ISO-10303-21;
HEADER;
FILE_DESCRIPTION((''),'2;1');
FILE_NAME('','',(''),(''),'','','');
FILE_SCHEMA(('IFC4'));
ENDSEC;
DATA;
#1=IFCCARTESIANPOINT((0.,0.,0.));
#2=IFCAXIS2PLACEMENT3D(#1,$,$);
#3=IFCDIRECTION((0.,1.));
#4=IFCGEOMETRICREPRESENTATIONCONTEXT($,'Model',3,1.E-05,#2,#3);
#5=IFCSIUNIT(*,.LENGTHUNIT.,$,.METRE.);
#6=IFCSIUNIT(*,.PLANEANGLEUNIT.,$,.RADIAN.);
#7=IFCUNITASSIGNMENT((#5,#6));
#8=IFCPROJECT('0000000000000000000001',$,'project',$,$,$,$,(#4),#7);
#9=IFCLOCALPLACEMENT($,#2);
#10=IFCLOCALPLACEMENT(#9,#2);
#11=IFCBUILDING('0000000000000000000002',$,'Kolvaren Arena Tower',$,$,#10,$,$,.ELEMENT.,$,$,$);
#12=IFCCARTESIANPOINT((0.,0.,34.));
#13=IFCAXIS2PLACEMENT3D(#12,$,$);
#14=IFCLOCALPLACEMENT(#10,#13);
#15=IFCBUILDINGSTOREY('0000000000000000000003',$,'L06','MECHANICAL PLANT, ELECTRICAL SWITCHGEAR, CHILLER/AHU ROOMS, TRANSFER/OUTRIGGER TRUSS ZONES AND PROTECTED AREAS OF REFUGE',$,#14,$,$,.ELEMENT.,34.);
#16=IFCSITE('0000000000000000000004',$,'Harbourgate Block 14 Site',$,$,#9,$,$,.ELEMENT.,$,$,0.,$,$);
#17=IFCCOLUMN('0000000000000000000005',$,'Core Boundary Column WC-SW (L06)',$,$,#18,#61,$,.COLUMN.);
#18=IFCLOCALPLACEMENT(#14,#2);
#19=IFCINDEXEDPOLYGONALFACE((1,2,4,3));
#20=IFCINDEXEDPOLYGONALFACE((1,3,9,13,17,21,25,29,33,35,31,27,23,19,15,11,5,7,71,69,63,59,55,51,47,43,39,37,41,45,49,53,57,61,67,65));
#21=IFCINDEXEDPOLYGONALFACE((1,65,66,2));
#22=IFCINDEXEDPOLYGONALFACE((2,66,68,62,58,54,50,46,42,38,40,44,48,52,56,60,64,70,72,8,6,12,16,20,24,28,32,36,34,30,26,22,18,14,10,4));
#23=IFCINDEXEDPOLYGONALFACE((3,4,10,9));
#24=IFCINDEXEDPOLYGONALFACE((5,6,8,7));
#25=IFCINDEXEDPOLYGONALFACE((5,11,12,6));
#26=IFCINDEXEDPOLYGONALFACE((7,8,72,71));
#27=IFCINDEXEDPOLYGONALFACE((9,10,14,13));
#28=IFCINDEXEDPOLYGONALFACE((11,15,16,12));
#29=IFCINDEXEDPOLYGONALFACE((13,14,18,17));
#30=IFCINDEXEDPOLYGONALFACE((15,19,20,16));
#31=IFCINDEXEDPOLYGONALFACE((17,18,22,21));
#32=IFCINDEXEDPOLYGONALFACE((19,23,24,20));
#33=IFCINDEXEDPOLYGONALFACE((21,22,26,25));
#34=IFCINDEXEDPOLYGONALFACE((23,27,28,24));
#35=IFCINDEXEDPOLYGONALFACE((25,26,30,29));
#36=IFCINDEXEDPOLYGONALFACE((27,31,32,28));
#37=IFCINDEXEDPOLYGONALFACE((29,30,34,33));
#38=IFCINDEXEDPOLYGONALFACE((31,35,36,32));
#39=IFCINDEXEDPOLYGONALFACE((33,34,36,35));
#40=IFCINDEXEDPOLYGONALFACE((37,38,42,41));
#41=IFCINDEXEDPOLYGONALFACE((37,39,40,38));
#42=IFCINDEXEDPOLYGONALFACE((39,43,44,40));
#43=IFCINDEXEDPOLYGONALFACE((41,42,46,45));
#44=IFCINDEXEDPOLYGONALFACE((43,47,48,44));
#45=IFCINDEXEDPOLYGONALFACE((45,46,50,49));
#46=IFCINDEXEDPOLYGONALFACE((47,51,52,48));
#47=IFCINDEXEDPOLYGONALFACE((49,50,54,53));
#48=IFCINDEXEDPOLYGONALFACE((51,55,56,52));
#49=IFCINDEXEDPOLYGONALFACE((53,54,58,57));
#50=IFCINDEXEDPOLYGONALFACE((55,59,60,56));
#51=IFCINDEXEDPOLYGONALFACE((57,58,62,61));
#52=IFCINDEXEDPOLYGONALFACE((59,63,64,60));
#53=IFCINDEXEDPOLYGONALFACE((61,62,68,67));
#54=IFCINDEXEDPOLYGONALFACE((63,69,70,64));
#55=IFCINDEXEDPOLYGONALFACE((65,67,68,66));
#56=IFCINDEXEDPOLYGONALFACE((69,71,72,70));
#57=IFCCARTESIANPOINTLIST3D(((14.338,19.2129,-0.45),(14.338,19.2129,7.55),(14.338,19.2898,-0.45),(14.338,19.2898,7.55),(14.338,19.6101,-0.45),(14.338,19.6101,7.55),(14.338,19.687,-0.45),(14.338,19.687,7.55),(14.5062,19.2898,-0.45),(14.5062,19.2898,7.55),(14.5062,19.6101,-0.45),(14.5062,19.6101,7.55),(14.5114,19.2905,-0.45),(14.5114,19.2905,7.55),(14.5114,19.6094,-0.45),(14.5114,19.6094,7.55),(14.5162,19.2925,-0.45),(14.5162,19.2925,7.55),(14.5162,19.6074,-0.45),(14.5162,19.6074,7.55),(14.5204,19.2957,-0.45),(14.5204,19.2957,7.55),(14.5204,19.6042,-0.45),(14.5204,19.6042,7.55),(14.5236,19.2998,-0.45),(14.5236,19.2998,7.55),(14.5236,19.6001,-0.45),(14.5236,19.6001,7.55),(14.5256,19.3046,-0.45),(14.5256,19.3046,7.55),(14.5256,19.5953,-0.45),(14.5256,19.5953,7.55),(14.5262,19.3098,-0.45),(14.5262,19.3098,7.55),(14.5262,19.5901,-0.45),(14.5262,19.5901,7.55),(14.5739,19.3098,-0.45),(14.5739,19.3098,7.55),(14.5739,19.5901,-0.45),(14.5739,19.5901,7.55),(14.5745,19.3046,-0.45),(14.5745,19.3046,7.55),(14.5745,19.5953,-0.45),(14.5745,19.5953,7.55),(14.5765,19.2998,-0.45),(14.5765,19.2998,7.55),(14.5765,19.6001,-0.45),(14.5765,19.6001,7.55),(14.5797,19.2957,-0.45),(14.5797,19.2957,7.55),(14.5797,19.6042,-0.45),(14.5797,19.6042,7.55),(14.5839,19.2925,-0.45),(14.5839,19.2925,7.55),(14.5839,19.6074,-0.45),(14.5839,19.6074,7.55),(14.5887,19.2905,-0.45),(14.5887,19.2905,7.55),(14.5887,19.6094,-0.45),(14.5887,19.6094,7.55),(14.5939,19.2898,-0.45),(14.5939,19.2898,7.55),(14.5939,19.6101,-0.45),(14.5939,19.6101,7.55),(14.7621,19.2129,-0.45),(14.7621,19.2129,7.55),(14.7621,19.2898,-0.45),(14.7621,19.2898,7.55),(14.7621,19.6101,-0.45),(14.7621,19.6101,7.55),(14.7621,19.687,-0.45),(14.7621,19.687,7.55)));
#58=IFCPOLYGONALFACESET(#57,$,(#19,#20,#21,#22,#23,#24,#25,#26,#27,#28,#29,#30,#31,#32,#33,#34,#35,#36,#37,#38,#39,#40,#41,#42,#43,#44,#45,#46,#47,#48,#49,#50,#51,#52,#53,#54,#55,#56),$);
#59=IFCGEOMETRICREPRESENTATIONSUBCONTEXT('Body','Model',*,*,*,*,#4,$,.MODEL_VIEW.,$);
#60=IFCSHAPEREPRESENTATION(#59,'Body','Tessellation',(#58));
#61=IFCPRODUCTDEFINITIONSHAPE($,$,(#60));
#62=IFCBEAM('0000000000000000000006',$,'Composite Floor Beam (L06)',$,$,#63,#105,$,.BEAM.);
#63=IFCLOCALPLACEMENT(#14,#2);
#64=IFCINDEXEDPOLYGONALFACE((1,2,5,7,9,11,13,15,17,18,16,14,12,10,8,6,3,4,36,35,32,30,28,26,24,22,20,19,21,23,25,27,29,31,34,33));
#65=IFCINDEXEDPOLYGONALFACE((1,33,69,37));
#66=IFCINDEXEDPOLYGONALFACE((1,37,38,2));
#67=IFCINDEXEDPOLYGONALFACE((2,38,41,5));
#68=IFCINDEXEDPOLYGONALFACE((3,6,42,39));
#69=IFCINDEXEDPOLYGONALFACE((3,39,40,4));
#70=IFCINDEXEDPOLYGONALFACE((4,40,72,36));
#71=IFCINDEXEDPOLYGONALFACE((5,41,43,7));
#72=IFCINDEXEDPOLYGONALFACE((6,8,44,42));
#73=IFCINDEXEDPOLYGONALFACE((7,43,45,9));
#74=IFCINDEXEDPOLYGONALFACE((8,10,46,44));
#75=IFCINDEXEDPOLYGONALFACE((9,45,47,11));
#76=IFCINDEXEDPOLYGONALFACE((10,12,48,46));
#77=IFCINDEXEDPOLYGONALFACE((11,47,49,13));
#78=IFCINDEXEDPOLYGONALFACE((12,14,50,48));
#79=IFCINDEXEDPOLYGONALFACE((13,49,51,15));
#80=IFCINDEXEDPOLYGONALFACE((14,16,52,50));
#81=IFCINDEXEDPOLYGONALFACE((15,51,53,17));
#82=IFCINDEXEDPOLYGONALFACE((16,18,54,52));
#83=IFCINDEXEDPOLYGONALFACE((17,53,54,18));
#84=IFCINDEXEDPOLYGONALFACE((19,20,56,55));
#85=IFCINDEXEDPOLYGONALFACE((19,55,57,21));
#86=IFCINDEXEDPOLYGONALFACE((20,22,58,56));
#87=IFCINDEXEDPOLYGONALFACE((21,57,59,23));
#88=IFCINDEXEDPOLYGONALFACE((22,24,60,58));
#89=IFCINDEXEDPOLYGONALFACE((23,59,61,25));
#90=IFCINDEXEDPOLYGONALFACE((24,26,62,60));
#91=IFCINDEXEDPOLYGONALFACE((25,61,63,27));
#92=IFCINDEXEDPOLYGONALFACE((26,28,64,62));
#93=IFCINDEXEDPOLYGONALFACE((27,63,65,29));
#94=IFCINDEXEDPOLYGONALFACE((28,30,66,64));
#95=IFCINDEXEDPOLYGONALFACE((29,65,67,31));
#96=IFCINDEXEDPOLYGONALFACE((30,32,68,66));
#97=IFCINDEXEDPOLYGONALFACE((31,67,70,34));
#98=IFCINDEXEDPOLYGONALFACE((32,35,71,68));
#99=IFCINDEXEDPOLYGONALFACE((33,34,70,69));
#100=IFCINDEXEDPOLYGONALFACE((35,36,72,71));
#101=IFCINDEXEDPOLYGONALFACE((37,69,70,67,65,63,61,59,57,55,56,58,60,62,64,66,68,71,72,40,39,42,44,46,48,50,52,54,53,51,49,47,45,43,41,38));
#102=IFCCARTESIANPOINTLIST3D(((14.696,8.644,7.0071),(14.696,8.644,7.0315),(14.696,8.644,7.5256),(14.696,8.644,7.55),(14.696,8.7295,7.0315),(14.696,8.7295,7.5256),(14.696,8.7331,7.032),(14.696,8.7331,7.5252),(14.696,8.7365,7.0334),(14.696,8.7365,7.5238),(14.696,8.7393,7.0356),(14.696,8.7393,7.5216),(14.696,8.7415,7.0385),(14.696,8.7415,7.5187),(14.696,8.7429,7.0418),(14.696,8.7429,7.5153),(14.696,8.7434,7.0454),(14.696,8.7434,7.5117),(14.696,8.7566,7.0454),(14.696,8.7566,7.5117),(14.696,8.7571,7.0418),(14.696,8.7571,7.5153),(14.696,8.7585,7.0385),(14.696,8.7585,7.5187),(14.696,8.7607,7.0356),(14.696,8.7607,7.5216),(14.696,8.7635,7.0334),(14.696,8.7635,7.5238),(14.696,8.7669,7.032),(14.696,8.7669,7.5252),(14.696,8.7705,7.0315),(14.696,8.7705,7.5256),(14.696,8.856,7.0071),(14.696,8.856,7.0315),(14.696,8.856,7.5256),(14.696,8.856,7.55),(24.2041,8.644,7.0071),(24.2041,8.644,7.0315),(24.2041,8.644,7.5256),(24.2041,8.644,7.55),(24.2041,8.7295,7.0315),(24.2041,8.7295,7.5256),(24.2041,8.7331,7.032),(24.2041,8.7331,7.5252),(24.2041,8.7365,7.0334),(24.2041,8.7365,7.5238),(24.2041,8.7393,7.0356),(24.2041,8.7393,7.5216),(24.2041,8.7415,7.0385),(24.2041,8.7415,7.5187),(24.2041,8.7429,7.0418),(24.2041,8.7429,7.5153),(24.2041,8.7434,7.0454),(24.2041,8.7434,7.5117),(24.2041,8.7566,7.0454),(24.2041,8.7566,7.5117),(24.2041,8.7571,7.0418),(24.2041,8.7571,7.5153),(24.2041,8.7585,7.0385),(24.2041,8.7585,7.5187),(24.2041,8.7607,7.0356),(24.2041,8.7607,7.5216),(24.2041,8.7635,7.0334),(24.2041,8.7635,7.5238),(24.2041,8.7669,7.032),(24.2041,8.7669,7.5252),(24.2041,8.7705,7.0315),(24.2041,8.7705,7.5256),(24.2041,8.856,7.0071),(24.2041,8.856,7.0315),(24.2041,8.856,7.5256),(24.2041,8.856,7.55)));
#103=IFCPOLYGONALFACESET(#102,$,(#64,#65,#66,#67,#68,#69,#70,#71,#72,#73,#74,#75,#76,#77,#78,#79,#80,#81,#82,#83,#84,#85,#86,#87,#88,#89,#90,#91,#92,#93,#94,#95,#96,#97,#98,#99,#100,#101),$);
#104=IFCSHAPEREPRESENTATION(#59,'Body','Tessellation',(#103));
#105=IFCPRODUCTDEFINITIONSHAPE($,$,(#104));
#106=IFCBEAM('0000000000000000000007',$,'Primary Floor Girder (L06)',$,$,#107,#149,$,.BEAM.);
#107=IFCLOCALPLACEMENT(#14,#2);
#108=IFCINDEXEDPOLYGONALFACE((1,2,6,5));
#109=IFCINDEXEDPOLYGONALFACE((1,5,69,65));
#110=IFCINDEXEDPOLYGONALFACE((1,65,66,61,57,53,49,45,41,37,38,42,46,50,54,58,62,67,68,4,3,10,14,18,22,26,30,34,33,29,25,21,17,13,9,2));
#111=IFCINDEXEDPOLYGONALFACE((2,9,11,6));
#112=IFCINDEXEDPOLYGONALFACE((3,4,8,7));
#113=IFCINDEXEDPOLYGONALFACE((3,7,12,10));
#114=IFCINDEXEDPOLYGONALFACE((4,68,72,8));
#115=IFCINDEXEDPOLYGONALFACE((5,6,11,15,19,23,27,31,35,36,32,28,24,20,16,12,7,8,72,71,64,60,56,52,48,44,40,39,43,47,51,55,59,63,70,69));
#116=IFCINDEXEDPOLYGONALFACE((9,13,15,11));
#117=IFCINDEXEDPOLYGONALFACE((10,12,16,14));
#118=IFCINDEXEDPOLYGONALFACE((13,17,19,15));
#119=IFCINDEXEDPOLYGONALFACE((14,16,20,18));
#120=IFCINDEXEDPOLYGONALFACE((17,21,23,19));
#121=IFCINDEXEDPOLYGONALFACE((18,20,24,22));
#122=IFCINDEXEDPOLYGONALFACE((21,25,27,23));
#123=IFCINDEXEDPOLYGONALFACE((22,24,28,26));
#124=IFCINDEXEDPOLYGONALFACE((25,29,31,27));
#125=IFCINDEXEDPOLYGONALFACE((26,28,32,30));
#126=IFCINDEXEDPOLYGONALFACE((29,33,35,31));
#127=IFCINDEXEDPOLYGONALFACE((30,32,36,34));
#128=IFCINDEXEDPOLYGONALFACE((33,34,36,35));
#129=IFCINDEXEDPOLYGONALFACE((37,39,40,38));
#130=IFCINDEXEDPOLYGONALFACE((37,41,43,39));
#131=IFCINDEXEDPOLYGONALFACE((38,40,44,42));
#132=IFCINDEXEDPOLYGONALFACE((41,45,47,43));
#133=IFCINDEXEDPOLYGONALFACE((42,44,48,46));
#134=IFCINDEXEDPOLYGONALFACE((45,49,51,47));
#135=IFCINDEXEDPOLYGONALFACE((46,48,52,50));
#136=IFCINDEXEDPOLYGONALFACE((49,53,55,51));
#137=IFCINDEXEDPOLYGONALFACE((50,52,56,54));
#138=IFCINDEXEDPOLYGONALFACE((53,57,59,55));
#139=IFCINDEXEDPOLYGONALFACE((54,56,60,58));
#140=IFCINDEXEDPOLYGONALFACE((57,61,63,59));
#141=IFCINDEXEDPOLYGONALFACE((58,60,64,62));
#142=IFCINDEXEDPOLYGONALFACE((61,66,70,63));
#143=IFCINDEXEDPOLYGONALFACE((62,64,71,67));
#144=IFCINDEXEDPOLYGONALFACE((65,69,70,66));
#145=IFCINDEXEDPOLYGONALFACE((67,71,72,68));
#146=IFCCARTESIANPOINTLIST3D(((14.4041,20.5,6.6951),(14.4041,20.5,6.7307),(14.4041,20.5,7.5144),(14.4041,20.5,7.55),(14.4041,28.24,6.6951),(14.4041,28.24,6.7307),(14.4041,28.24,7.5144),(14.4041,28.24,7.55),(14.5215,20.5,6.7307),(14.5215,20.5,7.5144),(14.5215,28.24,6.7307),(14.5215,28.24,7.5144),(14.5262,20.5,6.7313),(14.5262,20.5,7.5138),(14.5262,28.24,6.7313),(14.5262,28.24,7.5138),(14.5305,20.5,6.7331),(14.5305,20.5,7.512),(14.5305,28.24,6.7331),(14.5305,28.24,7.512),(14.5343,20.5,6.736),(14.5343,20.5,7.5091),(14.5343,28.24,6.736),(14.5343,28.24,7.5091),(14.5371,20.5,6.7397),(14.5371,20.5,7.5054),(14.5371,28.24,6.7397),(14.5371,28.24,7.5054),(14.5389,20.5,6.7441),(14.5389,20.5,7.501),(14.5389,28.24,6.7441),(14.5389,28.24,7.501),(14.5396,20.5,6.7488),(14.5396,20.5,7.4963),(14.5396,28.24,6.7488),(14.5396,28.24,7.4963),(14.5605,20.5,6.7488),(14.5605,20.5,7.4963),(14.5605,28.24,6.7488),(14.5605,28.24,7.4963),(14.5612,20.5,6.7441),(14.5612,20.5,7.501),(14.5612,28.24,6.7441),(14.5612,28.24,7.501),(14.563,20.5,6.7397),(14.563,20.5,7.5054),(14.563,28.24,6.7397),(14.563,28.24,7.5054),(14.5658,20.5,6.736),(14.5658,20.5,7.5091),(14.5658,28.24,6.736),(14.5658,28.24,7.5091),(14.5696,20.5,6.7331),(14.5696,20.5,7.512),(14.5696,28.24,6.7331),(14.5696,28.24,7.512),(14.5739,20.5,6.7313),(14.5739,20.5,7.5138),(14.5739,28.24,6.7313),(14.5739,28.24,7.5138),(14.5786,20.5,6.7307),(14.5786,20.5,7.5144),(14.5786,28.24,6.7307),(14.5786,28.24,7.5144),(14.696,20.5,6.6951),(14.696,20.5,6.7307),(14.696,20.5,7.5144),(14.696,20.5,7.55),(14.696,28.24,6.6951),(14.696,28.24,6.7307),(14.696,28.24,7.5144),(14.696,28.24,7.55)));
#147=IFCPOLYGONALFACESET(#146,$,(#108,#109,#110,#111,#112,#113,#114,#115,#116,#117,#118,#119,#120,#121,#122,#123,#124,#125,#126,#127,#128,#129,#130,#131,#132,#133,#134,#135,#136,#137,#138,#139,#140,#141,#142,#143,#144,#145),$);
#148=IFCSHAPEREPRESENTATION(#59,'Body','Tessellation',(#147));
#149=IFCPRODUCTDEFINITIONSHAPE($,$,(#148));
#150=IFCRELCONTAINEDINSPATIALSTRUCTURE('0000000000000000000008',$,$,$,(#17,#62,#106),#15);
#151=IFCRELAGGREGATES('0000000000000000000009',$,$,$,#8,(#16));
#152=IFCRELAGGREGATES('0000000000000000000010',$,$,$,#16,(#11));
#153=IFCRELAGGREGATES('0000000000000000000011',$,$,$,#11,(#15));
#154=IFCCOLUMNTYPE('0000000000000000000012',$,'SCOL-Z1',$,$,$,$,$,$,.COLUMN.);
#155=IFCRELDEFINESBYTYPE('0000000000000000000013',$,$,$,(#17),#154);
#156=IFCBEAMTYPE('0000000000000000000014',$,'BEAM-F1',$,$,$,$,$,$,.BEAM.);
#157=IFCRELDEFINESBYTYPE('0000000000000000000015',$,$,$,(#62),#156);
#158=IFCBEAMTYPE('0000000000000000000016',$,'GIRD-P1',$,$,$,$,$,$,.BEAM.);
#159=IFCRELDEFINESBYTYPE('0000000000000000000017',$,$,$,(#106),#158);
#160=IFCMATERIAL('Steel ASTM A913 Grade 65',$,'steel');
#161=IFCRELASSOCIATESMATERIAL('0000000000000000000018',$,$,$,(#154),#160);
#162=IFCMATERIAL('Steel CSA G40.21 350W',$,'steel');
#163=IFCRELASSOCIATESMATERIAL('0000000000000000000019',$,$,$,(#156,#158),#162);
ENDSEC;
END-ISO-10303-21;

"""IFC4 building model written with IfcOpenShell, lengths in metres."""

from ifc_helpers import new_model, si_unit, direction, frame, origin, origin_2d, place, context, subcontext, project, spatial, i_section, extrude, material, material_profile, profile_set, type_object, element, save


model = new_model("IFC4")

# Units and contexts
model_context = context("Model", 3, precision=1e-05, world=origin(), true_north=direction((0.0, 1.0)))
body_context = subcontext(model_context, "Body", "Model", "MODEL_VIEW")
ifc_project = project(units=[si_unit("LENGTHUNIT", "METRE"), si_unit("PLANEANGLEUNIT", "RADIAN")], contexts=[model_context])

# Site, building, storey
site_placement = place(None, origin())
site = spatial("IfcSite", under=ifc_project, at=site_placement, Name="Harbourgate Block 14 Site", CompositionType="ELEMENT", RefElevation=0.0)
building_placement = place(site_placement, origin())
building = spatial("IfcBuilding", under=site, at=building_placement, Name="Kolvaren Arena Tower", CompositionType="ELEMENT")
storey_placement = place(building_placement, frame((0.0, 0.0, 34.0)))
storey = spatial("IfcBuildingStorey", under=building, at=storey_placement, Name="L06", Description="MECHANICAL PLANT, ELECTRICAL SWITCHGEAR, CHILLER/AHU ROOMS, TRANSFER/OUTRIGGER TRUSS ZONES AND PROTECTED AREAS OF REFUGE", CompositionType="ELEMENT", Elevation=34.0)

# Column
ifc_material_1 = material(Name="Steel ASTM A913 Grade 65", Category="steel")
ifc_material_profile_1 = material_profile(ifc_material_1, i_section(OverallWidth=0.4241, OverallDepth=0.4741, WebThickness=0.0476, FlangeThickness=0.0769, FilletRadius=0.02, at=origin_2d()), Name="W360x634")
ifc_profile_set_1 = profile_set([ifc_material_profile_1], Name="Steel ASTM A913 Grade 65")
column_type = type_object("IfcColumnType", Name="SCOL-Z1", PredefinedType="COLUMN", material=ifc_profile_set_1)
column_placement = place(storey_placement, frame((14.55, 19.45, -0.45), z_axis=(0.0, 0.0, 1.0), x_axis=(1.0, 0.0, 0.0)))
element("IfcColumn", 1, at=column_placement, inside=storey, type_object=column_type, Name="Core Boundary Column WC-SW (L06)", PredefinedType="COLUMN", context=body_context, shape_type="SweptSolid", body=[
    extrude(i_section(OverallWidth=0.4241, OverallDepth=0.4741, WebThickness=0.0476, FlangeThickness=0.0769, FilletRadius=0.02, at=origin_2d()), origin(), (0.0, 0.0, 1.0), 8.0),
])

# Beams
ifc_material_2 = material(Name="Steel CSA G40.21 350W", Category="steel")
ifc_material_profile_2 = material_profile(ifc_material_2, i_section(OverallWidth=0.2119, OverallDepth=0.543, WebThickness=0.0132, FlangeThickness=0.0244, FilletRadius=0.0139, at=origin_2d()), Name="W530x150")
ifc_profile_set_2 = profile_set([ifc_material_profile_2], Name="Steel CSA G40.21 350W")
beam_type_1 = type_object("IfcBeamType", Name="BEAM-F1", PredefinedType="BEAM", material=ifc_profile_set_2)
beam_1_placement = place(storey_placement, frame((14.696, 8.75, 7.2786), z_axis=(1.0, 0.0, 0.0), x_axis=(0.0, 1.0, 0.0)))
element("IfcBeam", 2, at=beam_1_placement, inside=storey, type_object=beam_type_1, Name="Composite Floor Beam (L06)", PredefinedType="BEAM", context=body_context, shape_type="SweptSolid", body=[
    extrude(i_section(OverallWidth=0.2119, OverallDepth=0.543, WebThickness=0.0132, FlangeThickness=0.0244, FilletRadius=0.0139, at=origin_2d()), origin(), (0.0, 0.0, 1.0), 9.5081),
])
ifc_material_profile_3 = material_profile(ifc_material_2, i_section(OverallWidth=0.292, OverallDepth=0.855, WebThickness=0.021, FlangeThickness=0.0356, FilletRadius=0.0181, at=origin_2d()), Name="W840x299")
ifc_profile_set_3 = profile_set([ifc_material_profile_3], Name="Steel CSA G40.21 350W")
beam_type_2 = type_object("IfcBeamType", Name="GIRD-P1", PredefinedType="BEAM", material=ifc_profile_set_3)
beam_2_placement = place(storey_placement, frame((14.55, 20.5, 7.1226), z_axis=(0.0, 1.0, 0.0), x_axis=(-1.0, 0.0, 0.0)))
element("IfcBeam", 3, at=beam_2_placement, inside=storey, type_object=beam_type_2, Name="Primary Floor Girder (L06)", PredefinedType="BEAM", context=body_context, shape_type="SweptSolid", body=[
    extrude(i_section(OverallWidth=0.292, OverallDepth=0.855, WebThickness=0.021, FlangeThickness=0.0356, FilletRadius=0.0181, at=origin_2d()), origin(), (0.0, 0.0, 1.0), 7.74),
])

save(model, "model.ifc")
